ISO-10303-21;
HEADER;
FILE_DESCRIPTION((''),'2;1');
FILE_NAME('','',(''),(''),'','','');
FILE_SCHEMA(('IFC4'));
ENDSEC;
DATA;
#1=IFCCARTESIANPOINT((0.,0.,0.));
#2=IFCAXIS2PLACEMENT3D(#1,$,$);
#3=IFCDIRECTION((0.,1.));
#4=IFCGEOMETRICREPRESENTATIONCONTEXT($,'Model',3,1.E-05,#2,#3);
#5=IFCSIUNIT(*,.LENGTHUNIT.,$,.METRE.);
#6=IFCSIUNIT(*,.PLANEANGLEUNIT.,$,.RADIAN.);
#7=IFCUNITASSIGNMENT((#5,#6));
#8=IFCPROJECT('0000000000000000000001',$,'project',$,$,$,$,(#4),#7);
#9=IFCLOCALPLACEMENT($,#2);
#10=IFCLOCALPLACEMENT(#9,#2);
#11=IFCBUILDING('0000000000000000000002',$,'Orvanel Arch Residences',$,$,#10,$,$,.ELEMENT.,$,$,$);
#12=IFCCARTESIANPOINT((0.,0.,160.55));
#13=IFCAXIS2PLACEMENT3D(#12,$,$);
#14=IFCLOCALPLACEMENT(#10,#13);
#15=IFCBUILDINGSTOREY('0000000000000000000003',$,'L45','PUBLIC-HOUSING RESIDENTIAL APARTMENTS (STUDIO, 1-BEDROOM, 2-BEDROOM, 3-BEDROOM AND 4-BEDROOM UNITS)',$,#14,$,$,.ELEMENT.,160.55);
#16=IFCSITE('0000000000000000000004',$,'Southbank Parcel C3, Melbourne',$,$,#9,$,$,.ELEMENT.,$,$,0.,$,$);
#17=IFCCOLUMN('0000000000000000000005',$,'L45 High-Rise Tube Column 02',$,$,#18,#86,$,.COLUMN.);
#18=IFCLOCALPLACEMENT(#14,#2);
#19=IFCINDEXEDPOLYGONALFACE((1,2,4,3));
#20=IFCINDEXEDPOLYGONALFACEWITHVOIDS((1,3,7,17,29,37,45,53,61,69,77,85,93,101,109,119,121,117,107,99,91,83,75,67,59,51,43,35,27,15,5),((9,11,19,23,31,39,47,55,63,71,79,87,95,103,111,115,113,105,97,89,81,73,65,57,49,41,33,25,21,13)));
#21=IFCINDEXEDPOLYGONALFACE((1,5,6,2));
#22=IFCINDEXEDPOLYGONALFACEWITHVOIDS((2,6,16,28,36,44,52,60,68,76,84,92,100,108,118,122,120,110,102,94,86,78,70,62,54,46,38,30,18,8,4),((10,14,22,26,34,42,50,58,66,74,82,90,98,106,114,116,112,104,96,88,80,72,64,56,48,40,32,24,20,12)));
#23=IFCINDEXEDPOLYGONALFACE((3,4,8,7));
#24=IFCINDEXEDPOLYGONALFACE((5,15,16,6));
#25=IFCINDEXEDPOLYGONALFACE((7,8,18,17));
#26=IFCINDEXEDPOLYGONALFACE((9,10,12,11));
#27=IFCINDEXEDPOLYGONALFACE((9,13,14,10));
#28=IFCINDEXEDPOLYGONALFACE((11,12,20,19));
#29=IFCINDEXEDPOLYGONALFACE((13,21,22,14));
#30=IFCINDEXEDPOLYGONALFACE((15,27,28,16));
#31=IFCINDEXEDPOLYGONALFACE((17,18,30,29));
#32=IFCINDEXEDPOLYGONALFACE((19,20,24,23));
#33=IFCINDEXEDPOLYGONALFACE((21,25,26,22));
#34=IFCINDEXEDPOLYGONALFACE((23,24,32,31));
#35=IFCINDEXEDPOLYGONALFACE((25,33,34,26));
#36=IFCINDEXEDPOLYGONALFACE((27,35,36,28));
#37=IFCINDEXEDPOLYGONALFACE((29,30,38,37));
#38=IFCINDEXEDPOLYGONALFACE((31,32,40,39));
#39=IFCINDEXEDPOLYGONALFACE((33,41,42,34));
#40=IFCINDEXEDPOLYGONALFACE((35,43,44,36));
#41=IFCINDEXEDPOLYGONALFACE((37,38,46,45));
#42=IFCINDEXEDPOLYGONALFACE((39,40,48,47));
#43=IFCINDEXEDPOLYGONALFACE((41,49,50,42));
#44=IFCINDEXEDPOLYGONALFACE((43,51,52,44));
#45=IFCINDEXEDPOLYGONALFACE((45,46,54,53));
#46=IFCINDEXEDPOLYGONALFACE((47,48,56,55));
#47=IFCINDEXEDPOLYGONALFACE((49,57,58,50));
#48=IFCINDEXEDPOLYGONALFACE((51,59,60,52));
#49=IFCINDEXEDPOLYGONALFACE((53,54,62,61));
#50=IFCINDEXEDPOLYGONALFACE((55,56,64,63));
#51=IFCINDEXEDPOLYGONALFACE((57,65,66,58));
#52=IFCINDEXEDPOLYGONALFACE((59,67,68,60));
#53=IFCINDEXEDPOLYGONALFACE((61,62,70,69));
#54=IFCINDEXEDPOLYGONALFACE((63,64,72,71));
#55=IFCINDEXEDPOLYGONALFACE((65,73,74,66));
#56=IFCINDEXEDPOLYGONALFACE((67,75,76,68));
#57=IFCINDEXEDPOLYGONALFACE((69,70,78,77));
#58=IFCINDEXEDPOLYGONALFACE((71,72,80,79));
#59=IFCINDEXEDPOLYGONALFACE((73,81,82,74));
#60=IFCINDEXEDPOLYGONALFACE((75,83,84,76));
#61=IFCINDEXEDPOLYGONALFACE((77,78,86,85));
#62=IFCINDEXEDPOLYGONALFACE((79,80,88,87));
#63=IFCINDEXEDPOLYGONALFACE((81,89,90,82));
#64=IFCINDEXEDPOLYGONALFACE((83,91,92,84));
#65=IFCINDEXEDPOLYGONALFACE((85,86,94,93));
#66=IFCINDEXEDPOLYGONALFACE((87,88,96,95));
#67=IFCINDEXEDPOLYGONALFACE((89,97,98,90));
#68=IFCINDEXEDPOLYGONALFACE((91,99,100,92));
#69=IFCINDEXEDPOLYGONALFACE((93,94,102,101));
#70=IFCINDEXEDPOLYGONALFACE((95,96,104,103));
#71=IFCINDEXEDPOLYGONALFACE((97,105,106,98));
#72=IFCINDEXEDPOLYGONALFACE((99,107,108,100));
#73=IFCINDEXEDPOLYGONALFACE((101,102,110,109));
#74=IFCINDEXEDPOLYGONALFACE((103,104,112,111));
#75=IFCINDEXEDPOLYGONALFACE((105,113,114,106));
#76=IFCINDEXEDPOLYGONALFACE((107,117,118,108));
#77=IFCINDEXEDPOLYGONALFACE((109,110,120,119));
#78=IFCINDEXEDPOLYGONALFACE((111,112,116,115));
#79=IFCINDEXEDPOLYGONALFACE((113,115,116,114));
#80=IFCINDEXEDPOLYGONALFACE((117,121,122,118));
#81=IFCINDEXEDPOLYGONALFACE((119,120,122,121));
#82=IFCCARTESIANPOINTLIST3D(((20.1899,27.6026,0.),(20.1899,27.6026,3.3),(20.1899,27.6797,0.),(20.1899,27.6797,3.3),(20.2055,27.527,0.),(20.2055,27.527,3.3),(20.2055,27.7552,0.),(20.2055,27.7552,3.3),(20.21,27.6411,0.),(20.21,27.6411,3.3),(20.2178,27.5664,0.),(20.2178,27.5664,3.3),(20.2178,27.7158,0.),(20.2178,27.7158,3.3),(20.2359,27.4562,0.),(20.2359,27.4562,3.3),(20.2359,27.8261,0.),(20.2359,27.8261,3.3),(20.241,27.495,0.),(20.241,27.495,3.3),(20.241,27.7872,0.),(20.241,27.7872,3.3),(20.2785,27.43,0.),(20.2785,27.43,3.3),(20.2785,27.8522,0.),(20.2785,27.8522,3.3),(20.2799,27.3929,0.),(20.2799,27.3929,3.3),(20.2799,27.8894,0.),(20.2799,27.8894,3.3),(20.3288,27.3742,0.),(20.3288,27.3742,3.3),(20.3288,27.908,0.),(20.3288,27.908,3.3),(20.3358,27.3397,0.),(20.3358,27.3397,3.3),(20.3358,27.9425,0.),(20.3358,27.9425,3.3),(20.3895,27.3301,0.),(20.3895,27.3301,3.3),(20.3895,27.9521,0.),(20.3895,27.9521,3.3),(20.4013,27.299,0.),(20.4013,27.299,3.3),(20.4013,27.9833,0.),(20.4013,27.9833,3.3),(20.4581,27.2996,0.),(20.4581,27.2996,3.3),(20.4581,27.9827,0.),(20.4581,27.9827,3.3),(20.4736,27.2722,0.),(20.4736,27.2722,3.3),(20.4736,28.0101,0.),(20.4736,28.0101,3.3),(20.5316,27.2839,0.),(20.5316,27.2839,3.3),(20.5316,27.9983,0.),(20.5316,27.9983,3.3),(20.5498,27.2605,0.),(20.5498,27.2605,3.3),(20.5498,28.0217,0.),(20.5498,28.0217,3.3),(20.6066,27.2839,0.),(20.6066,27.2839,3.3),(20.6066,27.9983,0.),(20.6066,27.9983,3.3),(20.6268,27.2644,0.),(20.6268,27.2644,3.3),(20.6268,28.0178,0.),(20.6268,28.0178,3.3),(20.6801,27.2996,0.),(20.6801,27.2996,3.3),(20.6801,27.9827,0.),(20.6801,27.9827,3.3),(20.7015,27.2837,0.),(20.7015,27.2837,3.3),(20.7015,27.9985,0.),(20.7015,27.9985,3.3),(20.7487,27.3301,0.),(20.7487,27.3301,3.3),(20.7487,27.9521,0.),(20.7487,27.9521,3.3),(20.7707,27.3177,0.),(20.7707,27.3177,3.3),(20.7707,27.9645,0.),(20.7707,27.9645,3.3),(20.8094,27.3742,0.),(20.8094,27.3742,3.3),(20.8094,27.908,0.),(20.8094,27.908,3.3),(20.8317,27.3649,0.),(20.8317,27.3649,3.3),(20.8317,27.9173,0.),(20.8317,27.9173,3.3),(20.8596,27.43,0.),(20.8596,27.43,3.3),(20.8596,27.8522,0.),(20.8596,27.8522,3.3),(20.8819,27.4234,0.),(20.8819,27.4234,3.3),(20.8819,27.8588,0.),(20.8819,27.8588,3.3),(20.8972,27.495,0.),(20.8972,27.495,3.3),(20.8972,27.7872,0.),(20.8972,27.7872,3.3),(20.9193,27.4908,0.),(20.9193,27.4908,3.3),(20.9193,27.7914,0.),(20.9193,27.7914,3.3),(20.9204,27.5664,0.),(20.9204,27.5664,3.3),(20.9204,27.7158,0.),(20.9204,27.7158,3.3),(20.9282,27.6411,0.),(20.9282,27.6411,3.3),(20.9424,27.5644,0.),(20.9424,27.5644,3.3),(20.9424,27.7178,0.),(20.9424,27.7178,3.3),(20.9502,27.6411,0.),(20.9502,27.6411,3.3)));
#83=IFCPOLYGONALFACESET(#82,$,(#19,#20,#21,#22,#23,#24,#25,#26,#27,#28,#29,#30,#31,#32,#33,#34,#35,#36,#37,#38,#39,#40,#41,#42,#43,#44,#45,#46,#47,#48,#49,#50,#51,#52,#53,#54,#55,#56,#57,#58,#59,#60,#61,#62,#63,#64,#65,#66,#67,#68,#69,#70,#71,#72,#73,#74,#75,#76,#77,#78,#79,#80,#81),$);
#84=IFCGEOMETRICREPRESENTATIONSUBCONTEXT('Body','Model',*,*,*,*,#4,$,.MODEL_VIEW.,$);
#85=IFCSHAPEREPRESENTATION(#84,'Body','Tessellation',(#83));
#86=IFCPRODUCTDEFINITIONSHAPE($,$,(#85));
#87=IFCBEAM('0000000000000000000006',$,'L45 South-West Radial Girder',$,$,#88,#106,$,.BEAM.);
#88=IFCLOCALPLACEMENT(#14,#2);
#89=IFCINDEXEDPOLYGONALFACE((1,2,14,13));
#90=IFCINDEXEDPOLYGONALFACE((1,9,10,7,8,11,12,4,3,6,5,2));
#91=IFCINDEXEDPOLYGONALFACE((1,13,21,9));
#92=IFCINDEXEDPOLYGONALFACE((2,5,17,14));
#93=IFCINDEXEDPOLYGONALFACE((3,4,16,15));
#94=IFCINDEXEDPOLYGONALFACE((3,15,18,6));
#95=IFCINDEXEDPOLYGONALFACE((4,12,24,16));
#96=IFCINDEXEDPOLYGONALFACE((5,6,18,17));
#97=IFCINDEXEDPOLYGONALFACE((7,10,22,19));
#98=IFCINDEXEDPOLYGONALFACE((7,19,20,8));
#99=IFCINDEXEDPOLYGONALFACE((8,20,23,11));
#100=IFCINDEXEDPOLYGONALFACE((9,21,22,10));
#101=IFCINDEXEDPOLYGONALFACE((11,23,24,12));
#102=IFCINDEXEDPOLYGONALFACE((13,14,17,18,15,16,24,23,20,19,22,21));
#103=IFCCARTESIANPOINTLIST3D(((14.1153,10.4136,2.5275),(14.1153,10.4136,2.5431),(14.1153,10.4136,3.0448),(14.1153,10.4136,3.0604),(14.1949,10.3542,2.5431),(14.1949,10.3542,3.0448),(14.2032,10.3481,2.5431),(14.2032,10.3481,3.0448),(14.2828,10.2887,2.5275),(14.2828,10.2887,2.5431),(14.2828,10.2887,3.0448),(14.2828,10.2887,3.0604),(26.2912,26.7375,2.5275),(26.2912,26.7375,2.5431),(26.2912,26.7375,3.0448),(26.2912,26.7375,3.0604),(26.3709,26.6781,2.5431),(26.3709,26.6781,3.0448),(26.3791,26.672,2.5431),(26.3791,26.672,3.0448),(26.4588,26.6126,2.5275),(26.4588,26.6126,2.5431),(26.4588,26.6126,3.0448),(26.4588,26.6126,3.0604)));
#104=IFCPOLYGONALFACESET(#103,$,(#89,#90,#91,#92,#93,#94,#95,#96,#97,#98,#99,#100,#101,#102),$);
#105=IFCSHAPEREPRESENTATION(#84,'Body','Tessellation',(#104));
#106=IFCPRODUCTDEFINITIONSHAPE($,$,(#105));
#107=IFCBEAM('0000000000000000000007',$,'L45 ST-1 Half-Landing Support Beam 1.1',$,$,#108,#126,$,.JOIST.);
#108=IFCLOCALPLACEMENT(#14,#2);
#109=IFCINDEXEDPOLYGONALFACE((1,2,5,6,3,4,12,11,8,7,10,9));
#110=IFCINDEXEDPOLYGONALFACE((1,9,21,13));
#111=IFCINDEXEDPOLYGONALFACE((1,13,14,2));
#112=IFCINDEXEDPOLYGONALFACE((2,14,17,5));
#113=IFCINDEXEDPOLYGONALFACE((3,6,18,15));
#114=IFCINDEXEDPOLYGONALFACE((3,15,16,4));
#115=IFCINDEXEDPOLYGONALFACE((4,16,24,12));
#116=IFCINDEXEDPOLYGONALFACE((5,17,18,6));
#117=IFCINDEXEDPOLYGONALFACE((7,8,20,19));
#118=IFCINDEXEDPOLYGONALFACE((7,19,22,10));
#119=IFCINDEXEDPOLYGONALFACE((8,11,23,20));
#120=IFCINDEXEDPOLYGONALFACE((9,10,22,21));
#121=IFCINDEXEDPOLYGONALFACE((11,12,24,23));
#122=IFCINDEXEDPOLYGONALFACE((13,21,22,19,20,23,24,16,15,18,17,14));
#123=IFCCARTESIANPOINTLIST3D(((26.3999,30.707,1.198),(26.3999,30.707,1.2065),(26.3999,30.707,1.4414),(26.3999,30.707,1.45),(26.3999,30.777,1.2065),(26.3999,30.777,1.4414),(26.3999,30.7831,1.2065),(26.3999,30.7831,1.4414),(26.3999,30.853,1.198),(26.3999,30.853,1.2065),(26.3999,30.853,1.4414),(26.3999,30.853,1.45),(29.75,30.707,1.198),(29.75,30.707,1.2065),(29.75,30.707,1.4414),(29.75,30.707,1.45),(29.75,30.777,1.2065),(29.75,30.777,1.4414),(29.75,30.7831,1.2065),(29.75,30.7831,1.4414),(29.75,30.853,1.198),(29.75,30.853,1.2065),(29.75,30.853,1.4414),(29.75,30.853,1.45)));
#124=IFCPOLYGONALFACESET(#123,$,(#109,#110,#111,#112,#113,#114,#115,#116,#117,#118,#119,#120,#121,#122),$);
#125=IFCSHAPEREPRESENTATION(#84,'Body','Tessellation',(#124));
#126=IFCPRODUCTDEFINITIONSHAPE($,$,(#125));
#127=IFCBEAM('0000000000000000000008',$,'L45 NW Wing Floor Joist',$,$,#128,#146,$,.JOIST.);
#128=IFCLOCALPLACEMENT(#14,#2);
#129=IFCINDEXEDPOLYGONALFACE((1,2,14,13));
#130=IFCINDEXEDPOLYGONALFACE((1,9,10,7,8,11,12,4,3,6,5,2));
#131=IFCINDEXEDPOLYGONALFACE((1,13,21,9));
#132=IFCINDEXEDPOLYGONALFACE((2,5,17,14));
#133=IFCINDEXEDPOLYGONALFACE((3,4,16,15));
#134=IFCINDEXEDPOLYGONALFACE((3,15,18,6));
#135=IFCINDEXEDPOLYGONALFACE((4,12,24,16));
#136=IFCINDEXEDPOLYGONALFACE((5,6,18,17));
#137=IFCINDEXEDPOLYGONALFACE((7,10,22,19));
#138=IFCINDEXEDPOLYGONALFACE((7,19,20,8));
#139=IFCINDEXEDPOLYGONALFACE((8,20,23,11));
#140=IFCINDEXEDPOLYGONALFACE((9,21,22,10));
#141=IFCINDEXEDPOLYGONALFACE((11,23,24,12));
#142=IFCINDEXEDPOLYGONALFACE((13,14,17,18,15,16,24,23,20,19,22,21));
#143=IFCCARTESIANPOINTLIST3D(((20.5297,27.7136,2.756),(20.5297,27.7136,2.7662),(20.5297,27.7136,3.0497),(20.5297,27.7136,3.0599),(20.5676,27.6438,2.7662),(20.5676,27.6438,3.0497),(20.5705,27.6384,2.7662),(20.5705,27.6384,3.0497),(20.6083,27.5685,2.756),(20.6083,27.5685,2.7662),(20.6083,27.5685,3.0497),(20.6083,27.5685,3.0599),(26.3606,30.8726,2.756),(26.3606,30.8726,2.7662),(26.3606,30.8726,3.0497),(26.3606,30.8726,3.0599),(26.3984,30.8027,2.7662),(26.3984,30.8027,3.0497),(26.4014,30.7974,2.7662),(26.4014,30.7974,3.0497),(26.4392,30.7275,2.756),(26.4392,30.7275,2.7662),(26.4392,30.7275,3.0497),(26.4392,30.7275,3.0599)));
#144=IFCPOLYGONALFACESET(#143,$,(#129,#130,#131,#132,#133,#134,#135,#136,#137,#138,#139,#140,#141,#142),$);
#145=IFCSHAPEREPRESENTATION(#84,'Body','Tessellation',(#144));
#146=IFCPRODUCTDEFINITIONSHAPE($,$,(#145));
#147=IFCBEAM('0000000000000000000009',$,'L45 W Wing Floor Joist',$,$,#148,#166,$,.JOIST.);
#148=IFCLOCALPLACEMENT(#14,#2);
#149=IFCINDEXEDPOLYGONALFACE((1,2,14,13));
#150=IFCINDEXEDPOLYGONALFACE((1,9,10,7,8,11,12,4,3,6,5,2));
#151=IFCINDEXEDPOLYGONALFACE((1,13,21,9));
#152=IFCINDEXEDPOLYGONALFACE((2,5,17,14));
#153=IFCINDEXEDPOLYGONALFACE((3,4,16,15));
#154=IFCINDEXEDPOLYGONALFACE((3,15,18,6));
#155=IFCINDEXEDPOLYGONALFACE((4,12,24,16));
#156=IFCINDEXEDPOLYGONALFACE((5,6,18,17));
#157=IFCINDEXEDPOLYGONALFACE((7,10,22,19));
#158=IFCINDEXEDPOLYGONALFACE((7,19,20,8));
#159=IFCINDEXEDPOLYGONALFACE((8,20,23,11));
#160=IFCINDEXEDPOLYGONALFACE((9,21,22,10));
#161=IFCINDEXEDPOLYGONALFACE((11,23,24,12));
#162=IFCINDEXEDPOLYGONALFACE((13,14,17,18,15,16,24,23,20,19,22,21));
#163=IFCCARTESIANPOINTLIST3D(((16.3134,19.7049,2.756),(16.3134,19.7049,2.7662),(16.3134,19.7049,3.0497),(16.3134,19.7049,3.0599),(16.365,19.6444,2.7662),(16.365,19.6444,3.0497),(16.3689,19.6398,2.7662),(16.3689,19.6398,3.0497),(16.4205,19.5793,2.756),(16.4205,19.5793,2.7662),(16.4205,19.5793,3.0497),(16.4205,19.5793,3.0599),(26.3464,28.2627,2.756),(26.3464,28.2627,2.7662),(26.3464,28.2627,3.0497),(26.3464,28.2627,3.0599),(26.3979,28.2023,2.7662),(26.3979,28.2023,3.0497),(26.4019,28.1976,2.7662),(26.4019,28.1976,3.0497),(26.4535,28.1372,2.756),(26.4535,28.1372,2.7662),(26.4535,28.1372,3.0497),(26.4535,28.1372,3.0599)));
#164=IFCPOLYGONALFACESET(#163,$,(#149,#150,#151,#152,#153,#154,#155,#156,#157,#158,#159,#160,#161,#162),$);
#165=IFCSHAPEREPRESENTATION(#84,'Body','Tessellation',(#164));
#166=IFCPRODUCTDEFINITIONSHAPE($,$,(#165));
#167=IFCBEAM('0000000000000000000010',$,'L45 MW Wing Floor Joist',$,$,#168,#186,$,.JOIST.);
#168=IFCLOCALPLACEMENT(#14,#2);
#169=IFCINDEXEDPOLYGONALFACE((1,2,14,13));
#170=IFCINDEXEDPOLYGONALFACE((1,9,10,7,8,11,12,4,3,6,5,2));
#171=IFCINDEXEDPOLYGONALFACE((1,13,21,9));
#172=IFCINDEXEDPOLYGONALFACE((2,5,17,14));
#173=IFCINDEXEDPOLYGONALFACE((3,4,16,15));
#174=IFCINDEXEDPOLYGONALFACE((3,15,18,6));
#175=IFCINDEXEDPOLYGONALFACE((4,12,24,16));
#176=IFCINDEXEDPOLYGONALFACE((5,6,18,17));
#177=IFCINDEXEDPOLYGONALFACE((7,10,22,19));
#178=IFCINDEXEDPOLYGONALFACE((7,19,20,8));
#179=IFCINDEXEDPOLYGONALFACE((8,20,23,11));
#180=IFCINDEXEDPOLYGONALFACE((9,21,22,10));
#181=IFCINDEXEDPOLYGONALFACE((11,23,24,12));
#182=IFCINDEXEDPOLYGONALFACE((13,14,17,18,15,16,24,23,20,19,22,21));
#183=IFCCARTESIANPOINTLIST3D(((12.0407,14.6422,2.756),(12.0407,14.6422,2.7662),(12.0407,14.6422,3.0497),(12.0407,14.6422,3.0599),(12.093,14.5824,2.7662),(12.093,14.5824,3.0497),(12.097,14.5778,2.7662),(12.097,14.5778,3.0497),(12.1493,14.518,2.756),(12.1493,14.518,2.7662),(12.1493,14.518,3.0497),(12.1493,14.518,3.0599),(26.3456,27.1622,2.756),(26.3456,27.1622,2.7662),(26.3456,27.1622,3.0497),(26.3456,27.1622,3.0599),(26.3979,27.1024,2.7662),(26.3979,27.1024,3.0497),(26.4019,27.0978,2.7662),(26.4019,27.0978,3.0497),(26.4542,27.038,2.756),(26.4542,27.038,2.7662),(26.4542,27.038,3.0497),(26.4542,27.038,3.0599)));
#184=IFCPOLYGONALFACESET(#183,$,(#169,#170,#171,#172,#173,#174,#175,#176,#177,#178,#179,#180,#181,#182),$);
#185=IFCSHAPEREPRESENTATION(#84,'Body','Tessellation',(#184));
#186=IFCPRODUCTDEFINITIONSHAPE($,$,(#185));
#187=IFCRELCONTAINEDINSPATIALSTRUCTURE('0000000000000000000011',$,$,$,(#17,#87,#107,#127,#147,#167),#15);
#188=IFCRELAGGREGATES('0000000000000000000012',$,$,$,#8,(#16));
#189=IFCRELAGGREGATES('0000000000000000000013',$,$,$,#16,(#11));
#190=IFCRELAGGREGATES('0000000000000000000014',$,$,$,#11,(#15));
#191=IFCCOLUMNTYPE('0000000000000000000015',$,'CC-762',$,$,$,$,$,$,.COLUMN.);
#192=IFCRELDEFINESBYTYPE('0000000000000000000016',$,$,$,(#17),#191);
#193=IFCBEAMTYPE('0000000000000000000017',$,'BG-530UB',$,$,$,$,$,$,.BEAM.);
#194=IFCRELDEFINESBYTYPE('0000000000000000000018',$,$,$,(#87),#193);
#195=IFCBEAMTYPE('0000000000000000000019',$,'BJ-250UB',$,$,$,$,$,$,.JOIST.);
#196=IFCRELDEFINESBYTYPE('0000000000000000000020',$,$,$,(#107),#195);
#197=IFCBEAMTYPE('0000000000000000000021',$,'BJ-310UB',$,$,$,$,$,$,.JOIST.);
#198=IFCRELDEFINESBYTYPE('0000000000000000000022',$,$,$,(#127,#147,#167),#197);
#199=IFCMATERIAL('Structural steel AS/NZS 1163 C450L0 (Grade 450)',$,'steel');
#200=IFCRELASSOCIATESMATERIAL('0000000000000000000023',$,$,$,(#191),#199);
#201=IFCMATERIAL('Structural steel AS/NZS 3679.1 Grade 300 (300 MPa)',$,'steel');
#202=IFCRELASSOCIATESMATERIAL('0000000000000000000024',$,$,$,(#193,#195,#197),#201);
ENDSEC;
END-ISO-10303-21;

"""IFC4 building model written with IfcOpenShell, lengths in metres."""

from ifc_helpers import new_model, si_unit, direction, frame, origin, origin_2d, place, context, subcontext, project, spatial, hollow_circle, i_section, extrude, material, material_profile, profile_set, type_object, element, save


model = new_model("IFC4")

# Units and contexts
model_context = context("Model", 3, precision=1e-05, world=origin(), true_north=direction((0.0, 1.0)))
body_context = subcontext(model_context, "Body", "Model", "MODEL_VIEW")
ifc_project = project(units=[si_unit("LENGTHUNIT", "METRE"), si_unit("PLANEANGLEUNIT", "RADIAN")], contexts=[model_context])

# Site, building, storey
site_placement = place(None, origin())
site = spatial("IfcSite", under=ifc_project, at=site_placement, Name="Southbank Parcel C3, Melbourne", CompositionType="ELEMENT", RefElevation=0.0)
building_placement = place(site_placement, origin())
building = spatial("IfcBuilding", under=site, at=building_placement, Name="Orvanel Arch Residences", CompositionType="ELEMENT")
storey_placement = place(building_placement, frame((0.0, 0.0, 160.55)))
storey = spatial("IfcBuildingStorey", under=building, at=storey_placement, Name="L45", Description="PUBLIC-HOUSING RESIDENTIAL APARTMENTS (STUDIO, 1-BEDROOM, 2-BEDROOM, 3-BEDROOM AND 4-BEDROOM UNITS)", CompositionType="ELEMENT", Elevation=160.55)

# Column
ifc_material_1 = material(Name="Structural steel AS/NZS 1163 C450L0 (Grade 450)", Category="steel")
ifc_material_profile_1 = material_profile(ifc_material_1, hollow_circle(Radius=0.3811, WallThickness=0.022, at=origin_2d()), Name="CHS762x22")
ifc_profile_set_1 = profile_set([ifc_material_profile_1], Name="Structural steel AS/NZS 1163 C450L0 (Grade 450)")
column_type = type_object("IfcColumnType", Name="CC-762", PredefinedType="COLUMN", material=ifc_profile_set_1)
column_placement = place(storey_placement, frame((20.5691, 27.6411, 0.0), z_axis=(0.0, 0.0, 1.0), x_axis=(1.0, 0.0, 0.0)))
element("IfcColumn", 1, at=column_placement, inside=storey, type_object=column_type, Name="L45 High-Rise Tube Column 02", PredefinedType="COLUMN", context=body_context, shape_type="SweptSolid", body=[
    extrude(hollow_circle(Radius=0.3811, WallThickness=0.022, at=origin_2d()), origin(), (0.0, 0.0, 1.0), 3.3),
])

# Beams
ifc_material_2 = material(Name="Structural steel AS/NZS 3679.1 Grade 300 (300 MPa)", Category="steel")
ifc_material_profile_2 = material_profile(ifc_material_2, i_section(OverallWidth=0.209, OverallDepth=0.533, WebThickness=0.0103, FlangeThickness=0.0156, at=origin_2d()), Name="530UB92.4")
ifc_profile_set_2 = profile_set([ifc_material_profile_2], Name="Structural steel AS/NZS 3679.1 Grade 300 (300 MPa)")
beam_type_1 = type_object("IfcBeamType", Name="BG-530UB", PredefinedType="BEAM", material=ifc_profile_set_2)
beam_1_placement = place(storey_placement, frame((26.375, 26.675, 2.7939), z_axis=(-0.597894, -0.801575, 0.0), x_axis=(0.801575, -0.597894, 0.0)))
element("IfcBeam", 2, at=beam_1_placement, inside=storey, type_object=beam_type_1, Name="L45 South-West Radial Girder", PredefinedType="BEAM", context=body_context, shape_type="SweptSolid", body=[
    extrude(i_section(OverallWidth=0.209, OverallDepth=0.533, WebThickness=0.0103, FlangeThickness=0.0156, at=origin_2d()), origin(), (0.0, 0.0, 1.0), 20.3647),
])
ifc_material_profile_3 = material_profile(ifc_material_2, i_section(OverallWidth=0.146, OverallDepth=0.252, WebThickness=0.0061, FlangeThickness=0.0085, at=origin_2d()), Name="250UB31.4")
ifc_profile_set_3 = profile_set([ifc_material_profile_3], Name="Structural steel AS/NZS 3679.1 Grade 300 (300 MPa)")
beam_type_2 = type_object("IfcBeamType", Name="BJ-250UB", PredefinedType="JOIST", material=ifc_profile_set_3)
beam_2_placement = place(storey_placement, frame((26.3999, 30.78, 1.324), z_axis=(1.0, 0.0, 0.0), x_axis=(0.0, 1.0, 0.0)))
element("IfcBeam", 3, at=beam_2_placement, inside=storey, type_object=beam_type_2, Name="L45 ST-1 Half-Landing Support Beam 1.1", PredefinedType="JOIST", context=body_context, shape_type="SweptSolid", body=[
    extrude(i_section(OverallWidth=0.146, OverallDepth=0.252, WebThickness=0.0061, FlangeThickness=0.0085, at=origin_2d()), origin(), (0.0, 0.0, 1.0), 3.3501),
])
ifc_material_profile_4 = material_profile(ifc_material_2, i_section(OverallWidth=0.165, OverallDepth=0.304, WebThickness=0.0061, FlangeThickness=0.0103, at=origin_2d()), Name="310UB40.4")
ifc_profile_set_4 = profile_set([ifc_material_profile_4], Name="Structural steel AS/NZS 3679.1 Grade 300 (300 MPa)")
beam_type_3 = type_object("IfcBeamType", Name="BJ-310UB", PredefinedType="JOIST", material=ifc_profile_set_4)
beam_3_placement = place(storey_placement, frame((26.3999, 30.8, 2.908), z_axis=(-0.879255, -0.476351, 0.0), x_axis=(0.476351, -0.879255, 0.0)))
element("IfcBeam", 4, at=beam_3_placement, inside=storey, type_object=beam_type_3, Name="L45 NW Wing Floor Joist", PredefinedType="JOIST", context=body_context, shape_type="SweptSolid", body=[
    extrude(i_section(OverallWidth=0.165, OverallDepth=0.304, WebThickness=0.0061, FlangeThickness=0.0103, at=origin_2d()), origin(), (0.0, 0.0, 1.0), 6.6316),
])
beam_4_placement = place(storey_placement, frame((26.3999, 28.2, 2.908), z_axis=(-0.760821, -0.648961, 0.0), x_axis=(0.648961, -0.760821, 0.0)))
element("IfcBeam", 5, at=beam_4_placement, inside=storey, type_object=beam_type_3, Name="L45 W Wing Floor Joist", PredefinedType="JOIST", context=body_context, shape_type="SweptSolid", body=[
    extrude(i_section(OverallWidth=0.165, OverallDepth=0.304, WebThickness=0.0061, FlangeThickness=0.0103, at=origin_2d()), origin(), (0.0, 0.0, 1.0), 13.187),
])
beam_5_placement = place(storey_placement, frame((26.3999, 27.1001, 2.908), z_axis=(-0.752493, -0.6586, 0.0), x_axis=(0.6586, -0.752493, 0.0)))
element("IfcBeam", 6, at=beam_5_placement, inside=storey, type_object=beam_type_3, Name="L45 MW Wing Floor Joist", PredefinedType="JOIST", context=body_context, shape_type="SweptSolid", body=[
    extrude(i_section(OverallWidth=0.165, OverallDepth=0.304, WebThickness=0.0061, FlangeThickness=0.0103, at=origin_2d()), origin(), (0.0, 0.0, 1.0), 19.01),
])

save(model, "model.ifc")
